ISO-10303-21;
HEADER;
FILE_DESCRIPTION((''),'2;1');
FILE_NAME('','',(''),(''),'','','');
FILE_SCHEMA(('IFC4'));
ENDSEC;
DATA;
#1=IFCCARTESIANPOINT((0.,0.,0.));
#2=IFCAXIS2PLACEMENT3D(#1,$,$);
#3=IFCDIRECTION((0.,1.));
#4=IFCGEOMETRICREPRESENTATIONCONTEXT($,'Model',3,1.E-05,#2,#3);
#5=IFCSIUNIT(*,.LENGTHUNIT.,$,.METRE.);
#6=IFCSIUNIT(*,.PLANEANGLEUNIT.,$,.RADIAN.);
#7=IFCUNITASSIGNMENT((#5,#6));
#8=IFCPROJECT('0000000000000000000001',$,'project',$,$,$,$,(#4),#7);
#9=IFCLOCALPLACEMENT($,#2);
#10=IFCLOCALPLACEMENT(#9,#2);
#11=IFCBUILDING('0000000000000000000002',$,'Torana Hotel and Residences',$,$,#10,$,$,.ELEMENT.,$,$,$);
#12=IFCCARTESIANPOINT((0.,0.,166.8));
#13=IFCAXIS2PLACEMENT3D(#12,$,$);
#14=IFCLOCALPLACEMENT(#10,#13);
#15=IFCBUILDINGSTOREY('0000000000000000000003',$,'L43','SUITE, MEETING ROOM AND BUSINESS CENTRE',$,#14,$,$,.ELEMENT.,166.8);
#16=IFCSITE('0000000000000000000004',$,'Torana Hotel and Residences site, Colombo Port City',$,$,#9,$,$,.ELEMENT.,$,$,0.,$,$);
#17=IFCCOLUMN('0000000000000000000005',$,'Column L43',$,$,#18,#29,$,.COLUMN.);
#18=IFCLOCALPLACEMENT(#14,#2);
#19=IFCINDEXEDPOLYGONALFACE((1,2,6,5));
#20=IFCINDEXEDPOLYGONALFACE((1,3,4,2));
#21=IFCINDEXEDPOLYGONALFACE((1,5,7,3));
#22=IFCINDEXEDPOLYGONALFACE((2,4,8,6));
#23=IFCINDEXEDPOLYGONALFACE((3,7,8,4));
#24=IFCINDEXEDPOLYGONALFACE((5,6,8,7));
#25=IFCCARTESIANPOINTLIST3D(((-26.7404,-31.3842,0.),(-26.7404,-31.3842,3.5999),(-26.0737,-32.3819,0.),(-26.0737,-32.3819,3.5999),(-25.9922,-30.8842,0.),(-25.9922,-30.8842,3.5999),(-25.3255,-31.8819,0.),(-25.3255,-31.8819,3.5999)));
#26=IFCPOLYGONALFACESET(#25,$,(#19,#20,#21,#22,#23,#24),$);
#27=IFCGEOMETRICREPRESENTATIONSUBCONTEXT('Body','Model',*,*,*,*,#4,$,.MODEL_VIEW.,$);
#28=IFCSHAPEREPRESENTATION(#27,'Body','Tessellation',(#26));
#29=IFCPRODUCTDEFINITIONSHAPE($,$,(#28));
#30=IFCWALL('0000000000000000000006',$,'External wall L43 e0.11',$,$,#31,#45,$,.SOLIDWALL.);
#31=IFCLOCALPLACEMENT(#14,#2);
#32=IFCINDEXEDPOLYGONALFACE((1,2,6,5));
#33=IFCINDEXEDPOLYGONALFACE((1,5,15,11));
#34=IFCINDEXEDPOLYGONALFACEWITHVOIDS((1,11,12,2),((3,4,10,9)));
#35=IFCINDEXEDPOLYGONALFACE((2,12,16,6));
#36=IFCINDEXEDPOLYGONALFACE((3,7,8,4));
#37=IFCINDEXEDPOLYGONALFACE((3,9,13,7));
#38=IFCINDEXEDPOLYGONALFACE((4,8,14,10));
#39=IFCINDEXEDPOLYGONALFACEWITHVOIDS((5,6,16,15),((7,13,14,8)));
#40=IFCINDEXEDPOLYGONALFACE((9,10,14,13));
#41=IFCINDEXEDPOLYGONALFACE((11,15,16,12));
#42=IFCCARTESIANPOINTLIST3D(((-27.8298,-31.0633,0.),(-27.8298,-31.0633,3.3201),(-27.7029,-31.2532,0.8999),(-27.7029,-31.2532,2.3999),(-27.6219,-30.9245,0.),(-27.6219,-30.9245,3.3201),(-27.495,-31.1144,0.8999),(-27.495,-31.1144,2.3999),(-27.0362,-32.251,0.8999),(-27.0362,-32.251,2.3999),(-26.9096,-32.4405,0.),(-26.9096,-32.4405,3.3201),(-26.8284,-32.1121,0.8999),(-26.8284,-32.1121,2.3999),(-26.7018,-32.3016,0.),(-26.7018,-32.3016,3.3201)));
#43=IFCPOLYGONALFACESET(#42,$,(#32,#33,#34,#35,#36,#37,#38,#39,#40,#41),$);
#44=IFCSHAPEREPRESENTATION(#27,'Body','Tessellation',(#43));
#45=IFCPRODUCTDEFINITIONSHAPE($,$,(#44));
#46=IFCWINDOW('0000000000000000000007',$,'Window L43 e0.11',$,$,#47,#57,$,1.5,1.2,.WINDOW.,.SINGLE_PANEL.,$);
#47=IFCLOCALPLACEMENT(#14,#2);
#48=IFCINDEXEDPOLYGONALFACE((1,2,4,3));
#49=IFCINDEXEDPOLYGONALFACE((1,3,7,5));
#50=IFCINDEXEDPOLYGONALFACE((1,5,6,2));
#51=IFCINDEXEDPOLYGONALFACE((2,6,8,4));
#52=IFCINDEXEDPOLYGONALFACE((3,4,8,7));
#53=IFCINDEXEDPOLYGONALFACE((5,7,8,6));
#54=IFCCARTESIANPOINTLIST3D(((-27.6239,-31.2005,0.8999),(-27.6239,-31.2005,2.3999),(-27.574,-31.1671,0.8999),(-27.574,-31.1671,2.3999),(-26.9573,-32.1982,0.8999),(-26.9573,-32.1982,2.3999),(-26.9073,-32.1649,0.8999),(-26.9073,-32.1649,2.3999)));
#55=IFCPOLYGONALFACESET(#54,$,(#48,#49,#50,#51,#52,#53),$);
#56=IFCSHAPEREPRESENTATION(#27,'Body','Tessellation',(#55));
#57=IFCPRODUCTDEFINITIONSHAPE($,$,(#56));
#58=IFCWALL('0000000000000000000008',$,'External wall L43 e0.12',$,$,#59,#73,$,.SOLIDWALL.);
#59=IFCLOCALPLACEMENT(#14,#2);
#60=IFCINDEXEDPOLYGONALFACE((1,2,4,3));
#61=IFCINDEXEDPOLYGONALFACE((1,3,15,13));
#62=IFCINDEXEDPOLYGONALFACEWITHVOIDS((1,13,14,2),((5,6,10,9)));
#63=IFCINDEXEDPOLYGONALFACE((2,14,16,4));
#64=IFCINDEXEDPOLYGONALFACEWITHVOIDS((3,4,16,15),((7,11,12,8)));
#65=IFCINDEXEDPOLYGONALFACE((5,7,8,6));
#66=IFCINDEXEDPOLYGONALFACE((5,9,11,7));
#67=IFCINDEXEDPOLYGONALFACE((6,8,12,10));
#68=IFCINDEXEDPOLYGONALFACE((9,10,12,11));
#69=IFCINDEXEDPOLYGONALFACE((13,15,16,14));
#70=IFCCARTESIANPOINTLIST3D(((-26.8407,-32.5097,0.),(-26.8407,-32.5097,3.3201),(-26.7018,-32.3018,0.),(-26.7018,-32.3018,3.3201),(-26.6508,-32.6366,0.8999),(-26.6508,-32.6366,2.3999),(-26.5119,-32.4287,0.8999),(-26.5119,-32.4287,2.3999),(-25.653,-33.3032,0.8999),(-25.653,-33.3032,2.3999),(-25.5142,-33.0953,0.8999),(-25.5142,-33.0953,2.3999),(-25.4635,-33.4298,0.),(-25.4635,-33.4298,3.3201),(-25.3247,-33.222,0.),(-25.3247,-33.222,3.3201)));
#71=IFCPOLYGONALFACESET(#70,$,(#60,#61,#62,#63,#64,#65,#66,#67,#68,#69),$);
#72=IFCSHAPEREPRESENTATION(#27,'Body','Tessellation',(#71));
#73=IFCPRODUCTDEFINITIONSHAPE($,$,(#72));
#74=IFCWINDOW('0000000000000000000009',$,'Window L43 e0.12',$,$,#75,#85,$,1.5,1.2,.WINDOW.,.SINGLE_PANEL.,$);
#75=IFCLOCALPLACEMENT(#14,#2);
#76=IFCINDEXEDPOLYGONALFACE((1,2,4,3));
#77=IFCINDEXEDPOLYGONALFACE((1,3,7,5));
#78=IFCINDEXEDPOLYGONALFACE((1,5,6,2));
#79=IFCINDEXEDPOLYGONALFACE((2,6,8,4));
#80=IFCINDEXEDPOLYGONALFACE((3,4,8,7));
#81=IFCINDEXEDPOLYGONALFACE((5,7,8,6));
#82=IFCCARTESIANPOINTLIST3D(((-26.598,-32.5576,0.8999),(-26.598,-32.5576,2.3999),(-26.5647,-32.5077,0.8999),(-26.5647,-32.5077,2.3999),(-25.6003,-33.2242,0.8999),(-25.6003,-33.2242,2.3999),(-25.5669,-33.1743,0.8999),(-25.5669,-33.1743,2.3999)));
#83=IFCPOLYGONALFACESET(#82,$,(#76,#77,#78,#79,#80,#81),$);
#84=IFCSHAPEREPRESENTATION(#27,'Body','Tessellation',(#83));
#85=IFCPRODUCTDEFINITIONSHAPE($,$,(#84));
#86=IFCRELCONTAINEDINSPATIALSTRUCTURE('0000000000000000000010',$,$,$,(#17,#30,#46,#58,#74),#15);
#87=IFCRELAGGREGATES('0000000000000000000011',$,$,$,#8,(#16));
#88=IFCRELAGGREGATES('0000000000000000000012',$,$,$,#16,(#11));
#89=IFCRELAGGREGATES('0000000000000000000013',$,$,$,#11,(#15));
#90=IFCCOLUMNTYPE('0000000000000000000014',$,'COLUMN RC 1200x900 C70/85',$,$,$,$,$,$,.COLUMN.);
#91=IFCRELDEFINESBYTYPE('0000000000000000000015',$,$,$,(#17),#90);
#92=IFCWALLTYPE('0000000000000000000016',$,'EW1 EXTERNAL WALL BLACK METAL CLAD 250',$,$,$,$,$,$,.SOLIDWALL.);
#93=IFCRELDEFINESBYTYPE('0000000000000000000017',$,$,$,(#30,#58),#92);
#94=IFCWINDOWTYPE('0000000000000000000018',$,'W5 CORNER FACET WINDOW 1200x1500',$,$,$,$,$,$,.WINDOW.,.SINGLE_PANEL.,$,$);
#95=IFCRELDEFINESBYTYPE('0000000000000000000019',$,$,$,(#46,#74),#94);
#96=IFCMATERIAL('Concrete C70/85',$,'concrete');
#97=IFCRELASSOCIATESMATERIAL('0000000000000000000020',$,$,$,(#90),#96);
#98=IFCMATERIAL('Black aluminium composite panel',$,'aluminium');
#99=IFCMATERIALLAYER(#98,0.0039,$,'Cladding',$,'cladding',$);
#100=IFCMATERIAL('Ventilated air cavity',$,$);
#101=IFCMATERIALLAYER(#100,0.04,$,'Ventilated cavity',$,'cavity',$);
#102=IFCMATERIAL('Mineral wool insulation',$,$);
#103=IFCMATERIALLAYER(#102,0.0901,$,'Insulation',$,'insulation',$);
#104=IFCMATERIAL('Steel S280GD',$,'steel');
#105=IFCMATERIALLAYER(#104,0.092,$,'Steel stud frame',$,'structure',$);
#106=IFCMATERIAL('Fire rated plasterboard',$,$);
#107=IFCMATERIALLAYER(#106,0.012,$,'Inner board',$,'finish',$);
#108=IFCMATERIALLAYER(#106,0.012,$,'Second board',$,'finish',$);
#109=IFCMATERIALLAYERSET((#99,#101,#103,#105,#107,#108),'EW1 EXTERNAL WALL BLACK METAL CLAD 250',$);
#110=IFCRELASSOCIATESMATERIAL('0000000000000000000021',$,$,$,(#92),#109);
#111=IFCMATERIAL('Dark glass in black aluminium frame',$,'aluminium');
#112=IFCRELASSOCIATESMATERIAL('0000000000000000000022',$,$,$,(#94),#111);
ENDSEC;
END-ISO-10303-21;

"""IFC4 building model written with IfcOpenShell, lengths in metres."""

from ifc_helpers import new_model, si_unit, direction, frame, frame_2d, origin, origin_2d, place, context, subcontext, project, spatial, rectangle, extrude, material, layer, layer_set, material_profile, profile_set, type_object, element, fill, save


model = new_model("IFC4")

# Units and contexts
model_context = context("Model", 3, precision=1e-05, world=origin(), true_north=direction((0.0, 1.0)))
body_context = subcontext(model_context, "Body", "Model", "MODEL_VIEW")
ifc_project = project(units=[si_unit("LENGTHUNIT", "METRE"), si_unit("PLANEANGLEUNIT", "RADIAN")], contexts=[model_context])

# Site, building, storey
site_placement = place(None, origin())
site = spatial("IfcSite", under=ifc_project, at=site_placement, Name="Torana Hotel and Residences site, Colombo Port City", CompositionType="ELEMENT", RefElevation=0.0)
building_placement = place(site_placement, origin())
building = spatial("IfcBuilding", under=site, at=building_placement, Name="Torana Hotel and Residences", CompositionType="ELEMENT")
storey_placement = place(building_placement, frame((0.0, 0.0, 166.8)))
storey = spatial("IfcBuildingStorey", under=building, at=storey_placement, Name="L43", Description="SUITE, MEETING ROOM AND BUSINESS CENTRE", CompositionType="ELEMENT", Elevation=166.8)

# Column
ifc_material_1 = material(Name="Concrete C70/85", Category="concrete")
ifc_material_profile = material_profile(ifc_material_1, rectangle(XDim=1.2, YDim=0.8999, at=origin_2d()), Name="RC 1200x900")
ifc_profile_set = profile_set([ifc_material_profile], Name="Concrete C70/85")
column_type = type_object("IfcColumnType", Name="COLUMN RC 1200x900 C70/85", PredefinedType="COLUMN", material=ifc_profile_set)
column_placement = place(storey_placement, frame((-26.033, -31.6331, 0.0), z_axis=(0.0, 0.0, 1.0), x_axis=(-0.555585, 0.83146, 0.0)))
element("IfcColumn", 1, at=column_placement, inside=storey, type_object=column_type, Name="Column L43", PredefinedType="COLUMN", context=body_context, shape_type="SweptSolid", body=[
    extrude(rectangle(XDim=1.2, YDim=0.8999, at=origin_2d()), origin(), (0.0, 0.0, 1.0), 3.5999),
])

# Walls, openings, windows
ifc_material_2 = material(Name="Black aluminium composite panel", Category="aluminium")
ifc_layer_1 = layer(ifc_material_2, 0.0039, Name="Cladding", Category="cladding")
ifc_material_3 = material(Name="Ventilated air cavity")
ifc_layer_2 = layer(ifc_material_3, 0.04, Name="Ventilated cavity", Category="cavity")
ifc_material_4 = material(Name="Mineral wool insulation")
ifc_layer_3 = layer(ifc_material_4, 0.0901, Name="Insulation", Category="insulation")
ifc_material_5 = material(Name="Steel S280GD", Category="steel")
ifc_layer_4 = layer(ifc_material_5, 0.092, Name="Steel stud frame", Category="structure")
ifc_material_6 = material(Name="Fire rated plasterboard")
ifc_layer_5 = layer(ifc_material_6, 0.012, Name="Inner board", Category="finish")
ifc_layer_6 = layer(ifc_material_6, 0.012, Name="Second board", Category="finish")
ifc_layer_set = layer_set([ifc_layer_1, ifc_layer_2, ifc_layer_3, ifc_layer_4, ifc_layer_5, ifc_layer_6], Name="EW1 EXTERNAL WALL BLACK METAL CLAD 250")
wall_type = type_object("IfcWallType", Name="EW1 EXTERNAL WALL BLACK METAL CLAD 250", PredefinedType="SOLIDWALL", material=ifc_layer_set)
wall_1_placement = place(storey_placement, frame((-27.7258, -30.9939, 0.0), z_axis=(0.0, 0.0, 1.0), x_axis=(0.55555, -0.831483, 0.0)))
wall_1 = element("IfcWall", 2, at=wall_1_placement, inside=storey, type_object=wall_type, Name="External wall L43 e0.11", PredefinedType="SOLIDWALL", context=body_context, shape_type="SweptSolid", body=[
    extrude(rectangle(XDim=1.6562, YDim=0.25, at=frame_2d((0.8281, 0.0))), origin(), (0.0, 0.0, 1.0), 3.3201),
])
opening_1_placement = place(wall_1_placement, frame((0.2283, 0.0, 0.8999)))
opening_1 = element("IfcOpeningElement", 3, at=opening_1_placement, cuts=wall_1, PredefinedType="OPENING", context=body_context, shape_type="SweptSolid", body=[
    extrude(rectangle(XDim=1.2, YDim=1.5, at=frame_2d((0.6001, 0.75))), frame((0.0, 0.135, 0.0), z_axis=(0.0, -1.0, 0.0), x_axis=(1.0, 0.0, 0.0)), (0.0, 0.0, 1.0), 0.27),
])
ifc_material_7 = material(Name="Dark glass in black aluminium frame", Category="aluminium")
window_type = type_object("IfcWindowType", Name="W5 CORNER FACET WINDOW 1200x1500", PartitioningType="SINGLE_PANEL", PredefinedType="WINDOW", material=ifc_material_7)
window_1_placement = place(opening_1_placement, origin())
window_1 = element("IfcWindow", 4, at=window_1_placement, inside=storey, type_object=window_type, Name="Window L43 e0.11", OverallHeight=1.5, OverallWidth=1.2, PartitioningType="SINGLE_PANEL", PredefinedType="WINDOW", context=body_context, shape_type="SweptSolid", body=[
    extrude(rectangle(XDim=1.2, YDim=1.5, at=frame_2d((0.6001, 0.75))), frame((0.0, 0.03, 0.0), z_axis=(0.0, -1.0, 0.0), x_axis=(1.0, 0.0, 0.0)), (0.0, 0.0, 1.0), 0.0601),
])
fill(opening_1, window_1)
wall_2_placement = place(storey_placement, frame((-26.7712, -32.4058, 0.0), z_axis=(0.0, 0.0, 1.0), x_axis=(0.831483, -0.55555, 0.0)))
wall_2 = element("IfcWall", 5, at=wall_2_placement, inside=storey, type_object=wall_type, Name="External wall L43 e0.12", PredefinedType="SOLIDWALL", context=body_context, shape_type="SweptSolid", body=[
    extrude(rectangle(XDim=1.6562, YDim=0.25, at=frame_2d((0.8281, 0.0))), origin(), (0.0, 0.0, 1.0), 3.3201),
])
opening_2_placement = place(wall_2_placement, frame((0.2283, 0.0, 0.8999)))
opening_2 = element("IfcOpeningElement", 6, at=opening_2_placement, cuts=wall_2, PredefinedType="OPENING", context=body_context, shape_type="SweptSolid", body=[
    extrude(rectangle(XDim=1.2, YDim=1.5, at=frame_2d((0.6001, 0.75))), frame((0.0, 0.135, 0.0), z_axis=(0.0, -1.0, 0.0), x_axis=(1.0, 0.0, 0.0)), (0.0, 0.0, 1.0), 0.27),
])
window_2_placement = place(opening_2_placement, origin())
window_2 = element("IfcWindow", 7, at=window_2_placement, inside=storey, type_object=window_type, Name="Window L43 e0.12", OverallHeight=1.5, OverallWidth=1.2, PartitioningType="SINGLE_PANEL", PredefinedType="WINDOW", context=body_context, shape_type="SweptSolid", body=[
    extrude(rectangle(XDim=1.2, YDim=1.5, at=frame_2d((0.6001, 0.75))), frame((0.0, 0.03, 0.0), z_axis=(0.0, -1.0, 0.0), x_axis=(1.0, 0.0, 0.0)), (0.0, 0.0, 1.0), 0.0601),
])
fill(opening_2, window_2)

save(model, "model.ifc")
